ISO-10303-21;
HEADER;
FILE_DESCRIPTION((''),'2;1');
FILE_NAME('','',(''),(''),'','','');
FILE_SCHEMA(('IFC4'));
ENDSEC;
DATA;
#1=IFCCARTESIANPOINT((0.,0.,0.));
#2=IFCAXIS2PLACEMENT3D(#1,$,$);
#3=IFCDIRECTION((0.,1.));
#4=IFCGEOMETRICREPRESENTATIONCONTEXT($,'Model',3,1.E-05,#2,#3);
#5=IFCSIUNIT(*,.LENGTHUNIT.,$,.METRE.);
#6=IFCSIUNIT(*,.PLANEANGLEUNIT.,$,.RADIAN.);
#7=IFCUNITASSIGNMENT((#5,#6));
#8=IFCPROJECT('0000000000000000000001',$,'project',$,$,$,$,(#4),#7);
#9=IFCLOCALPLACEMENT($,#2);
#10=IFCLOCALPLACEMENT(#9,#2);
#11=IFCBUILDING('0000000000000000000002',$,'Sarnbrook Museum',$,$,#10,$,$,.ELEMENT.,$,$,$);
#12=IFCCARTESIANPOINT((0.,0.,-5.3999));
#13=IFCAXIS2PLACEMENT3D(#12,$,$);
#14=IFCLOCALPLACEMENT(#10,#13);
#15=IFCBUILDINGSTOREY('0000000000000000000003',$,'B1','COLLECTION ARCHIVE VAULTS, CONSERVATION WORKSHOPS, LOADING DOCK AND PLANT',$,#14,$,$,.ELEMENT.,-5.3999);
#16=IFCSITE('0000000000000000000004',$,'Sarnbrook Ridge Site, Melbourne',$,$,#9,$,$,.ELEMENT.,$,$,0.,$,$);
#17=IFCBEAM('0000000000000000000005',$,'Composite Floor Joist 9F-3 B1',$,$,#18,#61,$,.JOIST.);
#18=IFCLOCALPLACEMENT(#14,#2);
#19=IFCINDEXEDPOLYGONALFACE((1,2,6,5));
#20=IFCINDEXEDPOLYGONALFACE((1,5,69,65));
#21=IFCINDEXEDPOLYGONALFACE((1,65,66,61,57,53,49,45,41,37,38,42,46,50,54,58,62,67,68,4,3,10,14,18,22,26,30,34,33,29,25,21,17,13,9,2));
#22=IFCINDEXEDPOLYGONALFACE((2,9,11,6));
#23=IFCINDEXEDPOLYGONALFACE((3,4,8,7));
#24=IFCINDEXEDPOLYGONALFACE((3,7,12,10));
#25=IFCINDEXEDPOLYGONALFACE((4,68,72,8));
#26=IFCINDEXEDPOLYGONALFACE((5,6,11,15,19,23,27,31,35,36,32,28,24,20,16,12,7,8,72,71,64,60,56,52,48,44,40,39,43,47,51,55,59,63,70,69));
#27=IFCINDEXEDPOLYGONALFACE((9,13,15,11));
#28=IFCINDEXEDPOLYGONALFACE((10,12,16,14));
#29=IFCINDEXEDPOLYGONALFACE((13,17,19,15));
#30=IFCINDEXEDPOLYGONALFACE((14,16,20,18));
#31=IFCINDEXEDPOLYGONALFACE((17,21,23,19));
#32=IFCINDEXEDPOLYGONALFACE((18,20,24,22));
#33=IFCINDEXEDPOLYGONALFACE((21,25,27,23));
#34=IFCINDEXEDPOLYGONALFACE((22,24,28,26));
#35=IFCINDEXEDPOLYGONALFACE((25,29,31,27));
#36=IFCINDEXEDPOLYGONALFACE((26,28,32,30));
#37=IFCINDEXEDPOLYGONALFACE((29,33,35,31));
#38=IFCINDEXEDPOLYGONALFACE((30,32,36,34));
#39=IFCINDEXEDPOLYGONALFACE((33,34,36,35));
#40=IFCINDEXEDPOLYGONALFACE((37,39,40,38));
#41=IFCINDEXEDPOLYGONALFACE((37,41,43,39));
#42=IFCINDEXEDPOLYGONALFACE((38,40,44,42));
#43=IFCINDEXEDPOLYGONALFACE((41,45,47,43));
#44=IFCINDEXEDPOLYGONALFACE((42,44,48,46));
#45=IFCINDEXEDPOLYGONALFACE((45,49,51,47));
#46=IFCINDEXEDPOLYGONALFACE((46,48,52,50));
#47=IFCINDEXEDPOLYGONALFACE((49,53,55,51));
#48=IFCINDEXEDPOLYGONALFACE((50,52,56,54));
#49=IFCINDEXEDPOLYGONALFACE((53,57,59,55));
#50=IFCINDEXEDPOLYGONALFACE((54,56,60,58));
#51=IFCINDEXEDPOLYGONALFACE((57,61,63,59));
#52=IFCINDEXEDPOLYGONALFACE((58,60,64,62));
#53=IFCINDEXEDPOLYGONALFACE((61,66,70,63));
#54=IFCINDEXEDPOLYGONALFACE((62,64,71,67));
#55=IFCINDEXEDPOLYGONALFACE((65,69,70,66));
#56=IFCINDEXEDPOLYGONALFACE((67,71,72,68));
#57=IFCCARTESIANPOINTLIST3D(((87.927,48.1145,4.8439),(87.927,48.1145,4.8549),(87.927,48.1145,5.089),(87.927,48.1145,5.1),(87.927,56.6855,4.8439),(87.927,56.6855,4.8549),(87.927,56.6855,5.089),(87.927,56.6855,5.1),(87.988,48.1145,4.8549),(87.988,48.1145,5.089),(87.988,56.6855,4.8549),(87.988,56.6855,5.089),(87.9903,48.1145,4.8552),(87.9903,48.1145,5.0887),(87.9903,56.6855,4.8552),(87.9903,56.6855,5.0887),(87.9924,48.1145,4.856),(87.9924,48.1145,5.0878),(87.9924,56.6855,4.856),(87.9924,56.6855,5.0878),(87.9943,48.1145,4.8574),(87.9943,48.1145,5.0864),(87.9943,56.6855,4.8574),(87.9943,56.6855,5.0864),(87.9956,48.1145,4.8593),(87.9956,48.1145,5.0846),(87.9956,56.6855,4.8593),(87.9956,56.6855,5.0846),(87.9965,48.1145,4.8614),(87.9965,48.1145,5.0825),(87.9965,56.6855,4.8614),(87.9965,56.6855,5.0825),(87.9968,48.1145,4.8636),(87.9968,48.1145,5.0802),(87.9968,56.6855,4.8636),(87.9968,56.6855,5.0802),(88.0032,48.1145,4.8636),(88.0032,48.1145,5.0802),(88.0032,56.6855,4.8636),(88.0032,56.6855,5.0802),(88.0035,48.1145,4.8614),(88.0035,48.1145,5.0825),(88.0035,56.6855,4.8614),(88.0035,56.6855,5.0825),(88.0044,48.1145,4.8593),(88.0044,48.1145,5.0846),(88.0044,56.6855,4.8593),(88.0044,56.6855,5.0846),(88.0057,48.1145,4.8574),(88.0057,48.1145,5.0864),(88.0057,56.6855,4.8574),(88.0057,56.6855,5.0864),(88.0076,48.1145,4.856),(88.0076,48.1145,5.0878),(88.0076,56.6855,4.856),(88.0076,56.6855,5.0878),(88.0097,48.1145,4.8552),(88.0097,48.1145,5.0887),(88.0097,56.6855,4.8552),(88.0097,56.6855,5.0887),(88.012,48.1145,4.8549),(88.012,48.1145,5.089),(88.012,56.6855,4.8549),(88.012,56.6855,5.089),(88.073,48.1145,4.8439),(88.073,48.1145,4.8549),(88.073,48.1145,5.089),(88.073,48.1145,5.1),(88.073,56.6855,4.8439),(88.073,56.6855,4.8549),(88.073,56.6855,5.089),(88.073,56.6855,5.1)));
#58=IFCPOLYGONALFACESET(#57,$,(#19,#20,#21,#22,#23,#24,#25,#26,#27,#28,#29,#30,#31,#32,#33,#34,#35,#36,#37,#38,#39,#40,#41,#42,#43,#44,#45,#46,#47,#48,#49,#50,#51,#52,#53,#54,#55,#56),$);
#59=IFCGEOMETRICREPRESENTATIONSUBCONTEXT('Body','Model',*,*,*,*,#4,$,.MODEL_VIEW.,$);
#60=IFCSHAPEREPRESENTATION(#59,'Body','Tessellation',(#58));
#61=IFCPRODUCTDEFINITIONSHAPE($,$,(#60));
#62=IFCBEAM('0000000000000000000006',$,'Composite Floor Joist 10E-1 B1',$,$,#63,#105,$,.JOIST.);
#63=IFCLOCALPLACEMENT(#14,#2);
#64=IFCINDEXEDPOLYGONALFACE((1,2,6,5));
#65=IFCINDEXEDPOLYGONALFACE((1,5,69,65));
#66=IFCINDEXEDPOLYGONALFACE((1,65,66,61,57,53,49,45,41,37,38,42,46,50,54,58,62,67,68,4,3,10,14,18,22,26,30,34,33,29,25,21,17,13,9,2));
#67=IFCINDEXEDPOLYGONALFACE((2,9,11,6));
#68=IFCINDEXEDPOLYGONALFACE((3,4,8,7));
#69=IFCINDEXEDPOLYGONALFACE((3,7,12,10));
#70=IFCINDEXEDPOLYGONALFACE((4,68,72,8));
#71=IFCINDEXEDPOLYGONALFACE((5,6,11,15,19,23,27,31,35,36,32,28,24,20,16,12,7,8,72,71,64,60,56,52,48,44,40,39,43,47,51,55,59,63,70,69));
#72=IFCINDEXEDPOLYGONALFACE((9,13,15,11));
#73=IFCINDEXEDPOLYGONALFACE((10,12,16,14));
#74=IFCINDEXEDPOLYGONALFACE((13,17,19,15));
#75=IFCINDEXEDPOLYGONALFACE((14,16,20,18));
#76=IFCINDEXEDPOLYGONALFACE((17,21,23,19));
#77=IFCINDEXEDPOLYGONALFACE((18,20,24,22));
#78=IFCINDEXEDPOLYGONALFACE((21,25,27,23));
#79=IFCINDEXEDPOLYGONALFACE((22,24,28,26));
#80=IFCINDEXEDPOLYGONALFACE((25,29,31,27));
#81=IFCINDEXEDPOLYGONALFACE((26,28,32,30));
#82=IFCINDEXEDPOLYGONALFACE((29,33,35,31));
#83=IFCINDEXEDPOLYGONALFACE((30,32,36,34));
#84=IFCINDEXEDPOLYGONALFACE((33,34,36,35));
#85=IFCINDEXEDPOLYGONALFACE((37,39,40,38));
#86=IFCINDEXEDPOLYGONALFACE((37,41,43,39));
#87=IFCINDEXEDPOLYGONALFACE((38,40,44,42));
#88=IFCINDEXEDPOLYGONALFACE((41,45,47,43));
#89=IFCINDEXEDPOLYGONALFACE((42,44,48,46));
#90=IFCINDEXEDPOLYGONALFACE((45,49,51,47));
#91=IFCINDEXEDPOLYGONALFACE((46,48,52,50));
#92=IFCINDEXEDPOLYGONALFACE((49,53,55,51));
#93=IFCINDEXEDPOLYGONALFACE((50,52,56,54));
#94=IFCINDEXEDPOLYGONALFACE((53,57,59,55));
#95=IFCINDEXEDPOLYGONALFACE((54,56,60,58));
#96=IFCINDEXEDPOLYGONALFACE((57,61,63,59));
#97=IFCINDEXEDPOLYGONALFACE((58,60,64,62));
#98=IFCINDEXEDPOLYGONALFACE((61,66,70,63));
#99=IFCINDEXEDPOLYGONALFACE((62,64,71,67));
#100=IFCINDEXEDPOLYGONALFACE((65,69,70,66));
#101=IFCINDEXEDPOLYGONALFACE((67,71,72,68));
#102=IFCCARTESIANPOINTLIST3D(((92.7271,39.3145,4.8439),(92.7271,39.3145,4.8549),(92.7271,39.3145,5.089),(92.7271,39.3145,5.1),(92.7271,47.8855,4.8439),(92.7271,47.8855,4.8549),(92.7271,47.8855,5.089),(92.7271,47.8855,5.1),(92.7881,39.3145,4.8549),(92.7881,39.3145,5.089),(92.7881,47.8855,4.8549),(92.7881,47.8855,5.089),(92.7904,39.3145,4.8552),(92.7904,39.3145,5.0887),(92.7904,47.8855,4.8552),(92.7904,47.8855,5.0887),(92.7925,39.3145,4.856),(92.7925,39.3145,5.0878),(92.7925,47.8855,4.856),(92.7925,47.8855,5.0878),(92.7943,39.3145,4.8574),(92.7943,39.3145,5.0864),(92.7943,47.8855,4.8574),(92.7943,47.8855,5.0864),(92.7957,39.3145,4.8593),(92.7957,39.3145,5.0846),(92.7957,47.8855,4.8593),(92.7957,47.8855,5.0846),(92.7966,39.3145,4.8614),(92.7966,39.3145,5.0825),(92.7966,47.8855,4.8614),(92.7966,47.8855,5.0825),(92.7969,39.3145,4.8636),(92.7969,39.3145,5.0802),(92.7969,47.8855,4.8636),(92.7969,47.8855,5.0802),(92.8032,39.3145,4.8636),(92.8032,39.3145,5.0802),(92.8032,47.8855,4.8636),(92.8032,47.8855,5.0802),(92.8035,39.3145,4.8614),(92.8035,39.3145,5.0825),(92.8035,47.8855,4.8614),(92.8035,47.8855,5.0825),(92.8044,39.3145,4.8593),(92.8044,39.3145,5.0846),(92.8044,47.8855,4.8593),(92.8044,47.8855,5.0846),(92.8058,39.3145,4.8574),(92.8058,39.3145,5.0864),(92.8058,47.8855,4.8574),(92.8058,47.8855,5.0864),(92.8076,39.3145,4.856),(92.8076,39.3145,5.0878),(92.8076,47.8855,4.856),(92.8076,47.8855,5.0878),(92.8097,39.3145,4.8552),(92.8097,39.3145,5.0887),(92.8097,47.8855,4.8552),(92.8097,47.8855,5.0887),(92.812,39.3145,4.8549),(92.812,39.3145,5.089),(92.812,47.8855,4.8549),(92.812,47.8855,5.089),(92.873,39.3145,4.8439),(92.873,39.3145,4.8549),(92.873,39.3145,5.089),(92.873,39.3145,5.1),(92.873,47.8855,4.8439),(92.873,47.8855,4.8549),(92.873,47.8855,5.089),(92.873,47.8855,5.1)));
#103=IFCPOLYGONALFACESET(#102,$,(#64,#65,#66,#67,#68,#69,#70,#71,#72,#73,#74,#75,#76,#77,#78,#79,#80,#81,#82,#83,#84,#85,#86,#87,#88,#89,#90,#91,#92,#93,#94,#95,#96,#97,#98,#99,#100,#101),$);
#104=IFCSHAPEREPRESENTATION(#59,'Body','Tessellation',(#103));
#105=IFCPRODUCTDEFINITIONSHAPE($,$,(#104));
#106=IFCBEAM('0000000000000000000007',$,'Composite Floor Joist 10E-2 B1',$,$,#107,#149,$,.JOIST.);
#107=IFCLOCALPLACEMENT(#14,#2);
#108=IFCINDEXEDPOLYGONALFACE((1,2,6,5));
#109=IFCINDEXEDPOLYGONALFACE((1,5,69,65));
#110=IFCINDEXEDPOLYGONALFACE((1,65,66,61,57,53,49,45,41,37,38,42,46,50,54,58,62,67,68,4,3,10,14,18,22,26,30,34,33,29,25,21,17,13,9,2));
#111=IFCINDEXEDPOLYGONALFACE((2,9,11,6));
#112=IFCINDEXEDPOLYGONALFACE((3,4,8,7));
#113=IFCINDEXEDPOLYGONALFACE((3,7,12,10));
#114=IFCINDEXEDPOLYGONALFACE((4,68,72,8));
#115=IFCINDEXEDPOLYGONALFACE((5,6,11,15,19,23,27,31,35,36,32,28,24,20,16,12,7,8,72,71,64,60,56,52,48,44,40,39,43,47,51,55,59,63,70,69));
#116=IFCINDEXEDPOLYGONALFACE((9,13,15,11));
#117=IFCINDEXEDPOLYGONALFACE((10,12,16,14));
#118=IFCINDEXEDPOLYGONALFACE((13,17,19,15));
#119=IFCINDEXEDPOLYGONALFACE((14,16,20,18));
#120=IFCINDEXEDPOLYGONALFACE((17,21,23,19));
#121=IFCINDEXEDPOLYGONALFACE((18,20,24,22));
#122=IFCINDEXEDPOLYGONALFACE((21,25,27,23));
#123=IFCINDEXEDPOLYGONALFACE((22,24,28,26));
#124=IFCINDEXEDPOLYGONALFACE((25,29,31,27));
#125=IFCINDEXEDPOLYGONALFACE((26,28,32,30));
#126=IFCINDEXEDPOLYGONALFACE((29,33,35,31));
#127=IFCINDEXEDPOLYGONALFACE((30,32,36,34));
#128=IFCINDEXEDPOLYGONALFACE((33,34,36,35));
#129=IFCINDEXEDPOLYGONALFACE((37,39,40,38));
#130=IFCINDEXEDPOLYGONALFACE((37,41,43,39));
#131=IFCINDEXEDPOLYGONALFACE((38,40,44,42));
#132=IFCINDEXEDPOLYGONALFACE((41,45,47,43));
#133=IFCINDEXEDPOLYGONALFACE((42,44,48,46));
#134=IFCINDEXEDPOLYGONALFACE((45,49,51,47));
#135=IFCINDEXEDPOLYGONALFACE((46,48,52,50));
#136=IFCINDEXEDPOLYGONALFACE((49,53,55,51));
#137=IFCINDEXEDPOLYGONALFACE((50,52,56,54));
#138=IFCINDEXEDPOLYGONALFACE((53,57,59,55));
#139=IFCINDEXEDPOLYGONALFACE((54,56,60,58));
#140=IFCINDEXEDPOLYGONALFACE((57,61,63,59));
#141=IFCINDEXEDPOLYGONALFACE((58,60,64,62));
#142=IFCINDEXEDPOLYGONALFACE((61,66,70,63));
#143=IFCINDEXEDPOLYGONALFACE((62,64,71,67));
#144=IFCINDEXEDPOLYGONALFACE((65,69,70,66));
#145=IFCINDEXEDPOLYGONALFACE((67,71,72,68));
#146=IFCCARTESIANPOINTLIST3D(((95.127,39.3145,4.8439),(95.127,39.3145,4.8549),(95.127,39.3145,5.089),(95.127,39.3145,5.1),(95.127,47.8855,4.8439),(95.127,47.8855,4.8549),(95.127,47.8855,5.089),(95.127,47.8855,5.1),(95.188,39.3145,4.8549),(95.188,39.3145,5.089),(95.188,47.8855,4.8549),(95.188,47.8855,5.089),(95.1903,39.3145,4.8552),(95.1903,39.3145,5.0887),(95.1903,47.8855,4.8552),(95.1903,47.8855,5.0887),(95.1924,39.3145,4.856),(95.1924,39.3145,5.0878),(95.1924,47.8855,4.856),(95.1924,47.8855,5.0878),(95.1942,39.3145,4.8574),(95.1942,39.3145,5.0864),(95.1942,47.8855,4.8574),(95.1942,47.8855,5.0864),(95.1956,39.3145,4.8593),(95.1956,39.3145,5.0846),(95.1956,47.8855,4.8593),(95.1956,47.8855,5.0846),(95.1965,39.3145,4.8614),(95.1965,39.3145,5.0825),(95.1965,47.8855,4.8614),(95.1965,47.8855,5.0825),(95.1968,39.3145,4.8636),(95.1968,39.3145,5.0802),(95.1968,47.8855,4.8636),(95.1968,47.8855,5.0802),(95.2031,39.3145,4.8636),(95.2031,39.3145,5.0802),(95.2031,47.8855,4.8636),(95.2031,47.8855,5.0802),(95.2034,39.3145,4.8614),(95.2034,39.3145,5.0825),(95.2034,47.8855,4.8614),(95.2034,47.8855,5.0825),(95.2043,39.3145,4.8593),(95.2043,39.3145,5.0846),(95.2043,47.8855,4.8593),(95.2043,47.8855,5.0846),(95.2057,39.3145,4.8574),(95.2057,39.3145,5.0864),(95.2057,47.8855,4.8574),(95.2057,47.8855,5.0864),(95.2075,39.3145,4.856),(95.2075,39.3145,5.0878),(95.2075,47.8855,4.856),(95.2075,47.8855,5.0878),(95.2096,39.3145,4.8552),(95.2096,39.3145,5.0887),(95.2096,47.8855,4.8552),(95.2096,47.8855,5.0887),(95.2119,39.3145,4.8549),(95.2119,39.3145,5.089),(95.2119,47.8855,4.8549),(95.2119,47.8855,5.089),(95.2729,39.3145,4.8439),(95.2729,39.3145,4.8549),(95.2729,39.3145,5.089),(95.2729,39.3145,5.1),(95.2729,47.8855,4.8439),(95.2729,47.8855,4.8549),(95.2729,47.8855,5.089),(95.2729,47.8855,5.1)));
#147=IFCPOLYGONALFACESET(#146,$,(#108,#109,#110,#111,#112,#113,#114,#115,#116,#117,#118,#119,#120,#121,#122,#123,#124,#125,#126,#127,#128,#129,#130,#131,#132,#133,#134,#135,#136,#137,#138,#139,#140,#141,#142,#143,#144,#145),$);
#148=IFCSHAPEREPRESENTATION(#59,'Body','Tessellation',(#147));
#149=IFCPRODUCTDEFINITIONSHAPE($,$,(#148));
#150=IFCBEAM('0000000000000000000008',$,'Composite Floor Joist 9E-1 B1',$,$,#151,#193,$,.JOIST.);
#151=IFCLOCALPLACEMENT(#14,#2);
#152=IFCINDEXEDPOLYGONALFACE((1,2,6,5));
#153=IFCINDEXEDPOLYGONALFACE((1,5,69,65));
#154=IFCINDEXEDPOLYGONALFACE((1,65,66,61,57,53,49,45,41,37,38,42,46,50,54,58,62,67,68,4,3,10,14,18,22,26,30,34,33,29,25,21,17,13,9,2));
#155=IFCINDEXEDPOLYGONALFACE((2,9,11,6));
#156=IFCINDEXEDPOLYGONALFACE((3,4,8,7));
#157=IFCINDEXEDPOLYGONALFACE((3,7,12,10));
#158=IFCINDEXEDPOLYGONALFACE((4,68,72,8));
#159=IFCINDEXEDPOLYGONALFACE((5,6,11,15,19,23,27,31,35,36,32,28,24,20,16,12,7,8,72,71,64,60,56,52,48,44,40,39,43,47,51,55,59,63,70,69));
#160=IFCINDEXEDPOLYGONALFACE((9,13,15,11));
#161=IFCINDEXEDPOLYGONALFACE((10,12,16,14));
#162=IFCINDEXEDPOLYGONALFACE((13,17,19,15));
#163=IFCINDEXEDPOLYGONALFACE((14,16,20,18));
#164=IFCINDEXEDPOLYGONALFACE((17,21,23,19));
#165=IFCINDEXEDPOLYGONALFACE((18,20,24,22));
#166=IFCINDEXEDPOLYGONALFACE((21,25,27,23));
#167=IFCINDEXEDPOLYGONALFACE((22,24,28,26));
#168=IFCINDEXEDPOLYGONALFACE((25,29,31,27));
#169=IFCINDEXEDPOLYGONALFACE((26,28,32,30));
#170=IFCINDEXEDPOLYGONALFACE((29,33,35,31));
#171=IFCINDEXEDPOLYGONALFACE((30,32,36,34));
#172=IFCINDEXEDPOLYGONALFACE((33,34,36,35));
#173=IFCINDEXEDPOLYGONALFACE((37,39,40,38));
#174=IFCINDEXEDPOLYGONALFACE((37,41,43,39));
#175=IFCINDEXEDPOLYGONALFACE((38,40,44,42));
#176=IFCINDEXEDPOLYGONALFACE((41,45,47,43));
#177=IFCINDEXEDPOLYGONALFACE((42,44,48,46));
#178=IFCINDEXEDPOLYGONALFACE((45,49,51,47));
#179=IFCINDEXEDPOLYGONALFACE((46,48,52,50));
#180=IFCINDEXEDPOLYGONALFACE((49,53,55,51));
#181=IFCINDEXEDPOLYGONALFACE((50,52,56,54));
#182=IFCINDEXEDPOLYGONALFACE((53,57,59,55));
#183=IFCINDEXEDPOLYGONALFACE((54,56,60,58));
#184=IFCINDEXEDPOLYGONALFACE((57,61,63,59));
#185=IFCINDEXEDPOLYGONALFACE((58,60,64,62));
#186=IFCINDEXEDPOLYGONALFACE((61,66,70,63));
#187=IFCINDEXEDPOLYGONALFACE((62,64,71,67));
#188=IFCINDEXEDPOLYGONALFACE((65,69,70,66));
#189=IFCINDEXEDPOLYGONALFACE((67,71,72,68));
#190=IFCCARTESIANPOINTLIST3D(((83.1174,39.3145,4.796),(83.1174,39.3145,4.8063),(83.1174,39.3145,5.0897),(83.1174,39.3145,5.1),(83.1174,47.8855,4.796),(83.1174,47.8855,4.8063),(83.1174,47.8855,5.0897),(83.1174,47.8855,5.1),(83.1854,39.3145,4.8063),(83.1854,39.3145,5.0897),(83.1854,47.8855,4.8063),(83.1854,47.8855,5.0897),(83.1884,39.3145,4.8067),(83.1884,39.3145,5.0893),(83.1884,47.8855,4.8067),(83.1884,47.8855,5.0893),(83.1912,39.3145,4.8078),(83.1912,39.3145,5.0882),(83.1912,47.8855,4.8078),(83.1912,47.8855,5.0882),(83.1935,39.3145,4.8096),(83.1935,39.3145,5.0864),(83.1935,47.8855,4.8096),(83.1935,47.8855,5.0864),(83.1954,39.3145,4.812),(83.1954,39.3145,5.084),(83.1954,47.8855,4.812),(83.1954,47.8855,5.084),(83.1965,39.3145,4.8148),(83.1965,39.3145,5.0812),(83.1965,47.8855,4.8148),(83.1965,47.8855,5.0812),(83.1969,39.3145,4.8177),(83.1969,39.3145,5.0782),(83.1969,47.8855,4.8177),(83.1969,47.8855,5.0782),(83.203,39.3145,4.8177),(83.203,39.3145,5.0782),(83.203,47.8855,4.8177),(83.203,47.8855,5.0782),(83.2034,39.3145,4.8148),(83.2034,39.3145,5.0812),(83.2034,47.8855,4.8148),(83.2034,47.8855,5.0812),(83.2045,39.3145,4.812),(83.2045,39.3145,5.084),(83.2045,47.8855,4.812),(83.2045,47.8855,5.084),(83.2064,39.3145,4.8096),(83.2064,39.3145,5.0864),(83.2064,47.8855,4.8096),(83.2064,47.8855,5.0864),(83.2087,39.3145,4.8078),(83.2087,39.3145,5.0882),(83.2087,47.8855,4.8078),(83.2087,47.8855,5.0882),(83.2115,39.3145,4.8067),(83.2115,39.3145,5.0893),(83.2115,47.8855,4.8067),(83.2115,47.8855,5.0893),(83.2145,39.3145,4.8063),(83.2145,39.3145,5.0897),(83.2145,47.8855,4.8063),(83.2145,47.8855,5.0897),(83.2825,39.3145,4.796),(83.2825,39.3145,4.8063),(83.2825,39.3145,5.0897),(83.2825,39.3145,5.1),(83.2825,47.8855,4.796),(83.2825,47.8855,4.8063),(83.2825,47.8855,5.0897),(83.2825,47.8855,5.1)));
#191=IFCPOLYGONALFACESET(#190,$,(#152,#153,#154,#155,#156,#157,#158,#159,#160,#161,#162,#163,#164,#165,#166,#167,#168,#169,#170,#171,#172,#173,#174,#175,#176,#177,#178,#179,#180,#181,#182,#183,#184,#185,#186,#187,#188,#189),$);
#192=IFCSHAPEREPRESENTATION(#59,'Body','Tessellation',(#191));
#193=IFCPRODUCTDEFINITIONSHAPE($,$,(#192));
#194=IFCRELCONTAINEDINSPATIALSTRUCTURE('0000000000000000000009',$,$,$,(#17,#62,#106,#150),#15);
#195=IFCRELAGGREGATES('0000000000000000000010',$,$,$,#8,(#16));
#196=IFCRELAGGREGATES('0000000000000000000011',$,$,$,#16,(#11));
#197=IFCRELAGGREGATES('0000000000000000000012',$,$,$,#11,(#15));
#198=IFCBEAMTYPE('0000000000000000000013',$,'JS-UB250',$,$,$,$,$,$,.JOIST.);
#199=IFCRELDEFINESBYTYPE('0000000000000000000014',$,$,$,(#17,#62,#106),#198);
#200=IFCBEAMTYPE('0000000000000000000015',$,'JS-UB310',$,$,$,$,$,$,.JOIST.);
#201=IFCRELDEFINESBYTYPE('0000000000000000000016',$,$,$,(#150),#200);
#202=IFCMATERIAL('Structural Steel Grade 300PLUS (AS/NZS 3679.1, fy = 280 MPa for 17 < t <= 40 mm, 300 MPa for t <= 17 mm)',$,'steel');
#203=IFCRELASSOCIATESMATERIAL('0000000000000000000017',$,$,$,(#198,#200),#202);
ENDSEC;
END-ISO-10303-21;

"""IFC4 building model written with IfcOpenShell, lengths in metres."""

from ifc_helpers import new_model, si_unit, direction, frame, origin, origin_2d, place, context, subcontext, project, spatial, i_section, extrude, material, material_profile, profile_set, type_object, element, save


model = new_model("IFC4")

# Units and contexts
model_context = context("Model", 3, precision=1e-05, world=origin(), true_north=direction((0.0, 1.0)))
body_context = subcontext(model_context, "Body", "Model", "MODEL_VIEW")
ifc_project = project(units=[si_unit("LENGTHUNIT", "METRE"), si_unit("PLANEANGLEUNIT", "RADIAN")], contexts=[model_context])

# Site, building, storey
site_placement = place(None, origin())
site = spatial("IfcSite", under=ifc_project, at=site_placement, Name="Sarnbrook Ridge Site, Melbourne", CompositionType="ELEMENT", RefElevation=0.0)
building_placement = place(site_placement, origin())
building = spatial("IfcBuilding", under=site, at=building_placement, Name="Sarnbrook Museum", CompositionType="ELEMENT")
storey_placement = place(building_placement, frame((0.0, 0.0, -5.3999)))
storey = spatial("IfcBuildingStorey", under=building, at=storey_placement, Name="B1", Description="COLLECTION ARCHIVE VAULTS, CONSERVATION WORKSHOPS, LOADING DOCK AND PLANT", CompositionType="ELEMENT", Elevation=-5.3999)

# Beams
ifc_material_1 = material(Name="Structural Steel Grade 300PLUS (AS/NZS 3679.1, fy = 280 MPa for 17 < t <= 40 mm, 300 MPa for t <= 17 mm)", Category="steel")
ifc_material_profile_1 = material_profile(ifc_material_1, i_section(OverallWidth=0.146, OverallDepth=0.2561, WebThickness=0.0063, FlangeThickness=0.011, FilletRadius=0.0088, at=origin_2d()), Name="250UB37.3")
ifc_profile_set_1 = profile_set([ifc_material_profile_1], Name="Structural Steel Grade 300PLUS (AS/NZS 3679.1, fy = 280 MPa for 17 < t <= 40 mm, 300 MPa for t <= 17 mm)")
beam_type_1 = type_object("IfcBeamType", Name="JS-UB250", PredefinedType="JOIST", material=ifc_profile_set_1)
for number, where, z_axis, x_axis, name in (
    (1, (88.0, 48.1145, 4.9719), (0.0, 1.0, 0.0), (-1.0, 0.0, 0.0), "Composite Floor Joist 9F-3 B1"),
    (2, (92.8, 39.3145, 4.9719), (0.0, 1.0, 0.0), (-1.0, 0.0, 0.0), "Composite Floor Joist 10E-1 B1"),
    (3, (95.2, 39.3145, 4.9719), (0.0, 1.0, 0.0), (-1.0, 0.0, 0.0), "Composite Floor Joist 10E-2 B1"),
):
    element("IfcBeam", number, at=place(storey_placement, frame(where, z_axis=z_axis, x_axis=x_axis)), inside=storey, type_object=beam_type_1, Name=name, PredefinedType="JOIST", context=body_context, shape_type="SweptSolid", body=[
        extrude(i_section(OverallWidth=0.146, OverallDepth=0.2561, WebThickness=0.0063, FlangeThickness=0.011, FilletRadius=0.0088, at=origin_2d()), origin(), (0.0, 0.0, 1.0), 8.571),
    ])
ifc_material_profile_2 = material_profile(ifc_material_1, i_section(OverallWidth=0.165, OverallDepth=0.304, WebThickness=0.0061, FlangeThickness=0.0103, FilletRadius=0.0115, at=origin_2d()), Name="310UB40.4")
ifc_profile_set_2 = profile_set([ifc_material_profile_2], Name="Structural Steel Grade 300PLUS (AS/NZS 3679.1, fy = 280 MPa for 17 < t <= 40 mm, 300 MPa for t <= 17 mm)")
beam_type_2 = type_object("IfcBeamType", Name="JS-UB310", PredefinedType="JOIST", material=ifc_profile_set_2)
for number, where, z_axis, x_axis, name in (
    (4, (83.2, 39.3145, 4.948), (0.0, 1.0, 0.0), (-1.0, 0.0, 0.0), "Composite Floor Joist 9E-1 B1"),
):
    element("IfcBeam", number, at=place(storey_placement, frame(where, z_axis=z_axis, x_axis=x_axis)), inside=storey, type_object=beam_type_2, Name=name, PredefinedType="JOIST", context=body_context, shape_type="SweptSolid", body=[
        extrude(i_section(OverallWidth=0.165, OverallDepth=0.304, WebThickness=0.0061, FlangeThickness=0.0103, FilletRadius=0.0115, at=origin_2d()), origin(), (0.0, 0.0, 1.0), 8.571),
    ])

save(model, "model.ifc")
